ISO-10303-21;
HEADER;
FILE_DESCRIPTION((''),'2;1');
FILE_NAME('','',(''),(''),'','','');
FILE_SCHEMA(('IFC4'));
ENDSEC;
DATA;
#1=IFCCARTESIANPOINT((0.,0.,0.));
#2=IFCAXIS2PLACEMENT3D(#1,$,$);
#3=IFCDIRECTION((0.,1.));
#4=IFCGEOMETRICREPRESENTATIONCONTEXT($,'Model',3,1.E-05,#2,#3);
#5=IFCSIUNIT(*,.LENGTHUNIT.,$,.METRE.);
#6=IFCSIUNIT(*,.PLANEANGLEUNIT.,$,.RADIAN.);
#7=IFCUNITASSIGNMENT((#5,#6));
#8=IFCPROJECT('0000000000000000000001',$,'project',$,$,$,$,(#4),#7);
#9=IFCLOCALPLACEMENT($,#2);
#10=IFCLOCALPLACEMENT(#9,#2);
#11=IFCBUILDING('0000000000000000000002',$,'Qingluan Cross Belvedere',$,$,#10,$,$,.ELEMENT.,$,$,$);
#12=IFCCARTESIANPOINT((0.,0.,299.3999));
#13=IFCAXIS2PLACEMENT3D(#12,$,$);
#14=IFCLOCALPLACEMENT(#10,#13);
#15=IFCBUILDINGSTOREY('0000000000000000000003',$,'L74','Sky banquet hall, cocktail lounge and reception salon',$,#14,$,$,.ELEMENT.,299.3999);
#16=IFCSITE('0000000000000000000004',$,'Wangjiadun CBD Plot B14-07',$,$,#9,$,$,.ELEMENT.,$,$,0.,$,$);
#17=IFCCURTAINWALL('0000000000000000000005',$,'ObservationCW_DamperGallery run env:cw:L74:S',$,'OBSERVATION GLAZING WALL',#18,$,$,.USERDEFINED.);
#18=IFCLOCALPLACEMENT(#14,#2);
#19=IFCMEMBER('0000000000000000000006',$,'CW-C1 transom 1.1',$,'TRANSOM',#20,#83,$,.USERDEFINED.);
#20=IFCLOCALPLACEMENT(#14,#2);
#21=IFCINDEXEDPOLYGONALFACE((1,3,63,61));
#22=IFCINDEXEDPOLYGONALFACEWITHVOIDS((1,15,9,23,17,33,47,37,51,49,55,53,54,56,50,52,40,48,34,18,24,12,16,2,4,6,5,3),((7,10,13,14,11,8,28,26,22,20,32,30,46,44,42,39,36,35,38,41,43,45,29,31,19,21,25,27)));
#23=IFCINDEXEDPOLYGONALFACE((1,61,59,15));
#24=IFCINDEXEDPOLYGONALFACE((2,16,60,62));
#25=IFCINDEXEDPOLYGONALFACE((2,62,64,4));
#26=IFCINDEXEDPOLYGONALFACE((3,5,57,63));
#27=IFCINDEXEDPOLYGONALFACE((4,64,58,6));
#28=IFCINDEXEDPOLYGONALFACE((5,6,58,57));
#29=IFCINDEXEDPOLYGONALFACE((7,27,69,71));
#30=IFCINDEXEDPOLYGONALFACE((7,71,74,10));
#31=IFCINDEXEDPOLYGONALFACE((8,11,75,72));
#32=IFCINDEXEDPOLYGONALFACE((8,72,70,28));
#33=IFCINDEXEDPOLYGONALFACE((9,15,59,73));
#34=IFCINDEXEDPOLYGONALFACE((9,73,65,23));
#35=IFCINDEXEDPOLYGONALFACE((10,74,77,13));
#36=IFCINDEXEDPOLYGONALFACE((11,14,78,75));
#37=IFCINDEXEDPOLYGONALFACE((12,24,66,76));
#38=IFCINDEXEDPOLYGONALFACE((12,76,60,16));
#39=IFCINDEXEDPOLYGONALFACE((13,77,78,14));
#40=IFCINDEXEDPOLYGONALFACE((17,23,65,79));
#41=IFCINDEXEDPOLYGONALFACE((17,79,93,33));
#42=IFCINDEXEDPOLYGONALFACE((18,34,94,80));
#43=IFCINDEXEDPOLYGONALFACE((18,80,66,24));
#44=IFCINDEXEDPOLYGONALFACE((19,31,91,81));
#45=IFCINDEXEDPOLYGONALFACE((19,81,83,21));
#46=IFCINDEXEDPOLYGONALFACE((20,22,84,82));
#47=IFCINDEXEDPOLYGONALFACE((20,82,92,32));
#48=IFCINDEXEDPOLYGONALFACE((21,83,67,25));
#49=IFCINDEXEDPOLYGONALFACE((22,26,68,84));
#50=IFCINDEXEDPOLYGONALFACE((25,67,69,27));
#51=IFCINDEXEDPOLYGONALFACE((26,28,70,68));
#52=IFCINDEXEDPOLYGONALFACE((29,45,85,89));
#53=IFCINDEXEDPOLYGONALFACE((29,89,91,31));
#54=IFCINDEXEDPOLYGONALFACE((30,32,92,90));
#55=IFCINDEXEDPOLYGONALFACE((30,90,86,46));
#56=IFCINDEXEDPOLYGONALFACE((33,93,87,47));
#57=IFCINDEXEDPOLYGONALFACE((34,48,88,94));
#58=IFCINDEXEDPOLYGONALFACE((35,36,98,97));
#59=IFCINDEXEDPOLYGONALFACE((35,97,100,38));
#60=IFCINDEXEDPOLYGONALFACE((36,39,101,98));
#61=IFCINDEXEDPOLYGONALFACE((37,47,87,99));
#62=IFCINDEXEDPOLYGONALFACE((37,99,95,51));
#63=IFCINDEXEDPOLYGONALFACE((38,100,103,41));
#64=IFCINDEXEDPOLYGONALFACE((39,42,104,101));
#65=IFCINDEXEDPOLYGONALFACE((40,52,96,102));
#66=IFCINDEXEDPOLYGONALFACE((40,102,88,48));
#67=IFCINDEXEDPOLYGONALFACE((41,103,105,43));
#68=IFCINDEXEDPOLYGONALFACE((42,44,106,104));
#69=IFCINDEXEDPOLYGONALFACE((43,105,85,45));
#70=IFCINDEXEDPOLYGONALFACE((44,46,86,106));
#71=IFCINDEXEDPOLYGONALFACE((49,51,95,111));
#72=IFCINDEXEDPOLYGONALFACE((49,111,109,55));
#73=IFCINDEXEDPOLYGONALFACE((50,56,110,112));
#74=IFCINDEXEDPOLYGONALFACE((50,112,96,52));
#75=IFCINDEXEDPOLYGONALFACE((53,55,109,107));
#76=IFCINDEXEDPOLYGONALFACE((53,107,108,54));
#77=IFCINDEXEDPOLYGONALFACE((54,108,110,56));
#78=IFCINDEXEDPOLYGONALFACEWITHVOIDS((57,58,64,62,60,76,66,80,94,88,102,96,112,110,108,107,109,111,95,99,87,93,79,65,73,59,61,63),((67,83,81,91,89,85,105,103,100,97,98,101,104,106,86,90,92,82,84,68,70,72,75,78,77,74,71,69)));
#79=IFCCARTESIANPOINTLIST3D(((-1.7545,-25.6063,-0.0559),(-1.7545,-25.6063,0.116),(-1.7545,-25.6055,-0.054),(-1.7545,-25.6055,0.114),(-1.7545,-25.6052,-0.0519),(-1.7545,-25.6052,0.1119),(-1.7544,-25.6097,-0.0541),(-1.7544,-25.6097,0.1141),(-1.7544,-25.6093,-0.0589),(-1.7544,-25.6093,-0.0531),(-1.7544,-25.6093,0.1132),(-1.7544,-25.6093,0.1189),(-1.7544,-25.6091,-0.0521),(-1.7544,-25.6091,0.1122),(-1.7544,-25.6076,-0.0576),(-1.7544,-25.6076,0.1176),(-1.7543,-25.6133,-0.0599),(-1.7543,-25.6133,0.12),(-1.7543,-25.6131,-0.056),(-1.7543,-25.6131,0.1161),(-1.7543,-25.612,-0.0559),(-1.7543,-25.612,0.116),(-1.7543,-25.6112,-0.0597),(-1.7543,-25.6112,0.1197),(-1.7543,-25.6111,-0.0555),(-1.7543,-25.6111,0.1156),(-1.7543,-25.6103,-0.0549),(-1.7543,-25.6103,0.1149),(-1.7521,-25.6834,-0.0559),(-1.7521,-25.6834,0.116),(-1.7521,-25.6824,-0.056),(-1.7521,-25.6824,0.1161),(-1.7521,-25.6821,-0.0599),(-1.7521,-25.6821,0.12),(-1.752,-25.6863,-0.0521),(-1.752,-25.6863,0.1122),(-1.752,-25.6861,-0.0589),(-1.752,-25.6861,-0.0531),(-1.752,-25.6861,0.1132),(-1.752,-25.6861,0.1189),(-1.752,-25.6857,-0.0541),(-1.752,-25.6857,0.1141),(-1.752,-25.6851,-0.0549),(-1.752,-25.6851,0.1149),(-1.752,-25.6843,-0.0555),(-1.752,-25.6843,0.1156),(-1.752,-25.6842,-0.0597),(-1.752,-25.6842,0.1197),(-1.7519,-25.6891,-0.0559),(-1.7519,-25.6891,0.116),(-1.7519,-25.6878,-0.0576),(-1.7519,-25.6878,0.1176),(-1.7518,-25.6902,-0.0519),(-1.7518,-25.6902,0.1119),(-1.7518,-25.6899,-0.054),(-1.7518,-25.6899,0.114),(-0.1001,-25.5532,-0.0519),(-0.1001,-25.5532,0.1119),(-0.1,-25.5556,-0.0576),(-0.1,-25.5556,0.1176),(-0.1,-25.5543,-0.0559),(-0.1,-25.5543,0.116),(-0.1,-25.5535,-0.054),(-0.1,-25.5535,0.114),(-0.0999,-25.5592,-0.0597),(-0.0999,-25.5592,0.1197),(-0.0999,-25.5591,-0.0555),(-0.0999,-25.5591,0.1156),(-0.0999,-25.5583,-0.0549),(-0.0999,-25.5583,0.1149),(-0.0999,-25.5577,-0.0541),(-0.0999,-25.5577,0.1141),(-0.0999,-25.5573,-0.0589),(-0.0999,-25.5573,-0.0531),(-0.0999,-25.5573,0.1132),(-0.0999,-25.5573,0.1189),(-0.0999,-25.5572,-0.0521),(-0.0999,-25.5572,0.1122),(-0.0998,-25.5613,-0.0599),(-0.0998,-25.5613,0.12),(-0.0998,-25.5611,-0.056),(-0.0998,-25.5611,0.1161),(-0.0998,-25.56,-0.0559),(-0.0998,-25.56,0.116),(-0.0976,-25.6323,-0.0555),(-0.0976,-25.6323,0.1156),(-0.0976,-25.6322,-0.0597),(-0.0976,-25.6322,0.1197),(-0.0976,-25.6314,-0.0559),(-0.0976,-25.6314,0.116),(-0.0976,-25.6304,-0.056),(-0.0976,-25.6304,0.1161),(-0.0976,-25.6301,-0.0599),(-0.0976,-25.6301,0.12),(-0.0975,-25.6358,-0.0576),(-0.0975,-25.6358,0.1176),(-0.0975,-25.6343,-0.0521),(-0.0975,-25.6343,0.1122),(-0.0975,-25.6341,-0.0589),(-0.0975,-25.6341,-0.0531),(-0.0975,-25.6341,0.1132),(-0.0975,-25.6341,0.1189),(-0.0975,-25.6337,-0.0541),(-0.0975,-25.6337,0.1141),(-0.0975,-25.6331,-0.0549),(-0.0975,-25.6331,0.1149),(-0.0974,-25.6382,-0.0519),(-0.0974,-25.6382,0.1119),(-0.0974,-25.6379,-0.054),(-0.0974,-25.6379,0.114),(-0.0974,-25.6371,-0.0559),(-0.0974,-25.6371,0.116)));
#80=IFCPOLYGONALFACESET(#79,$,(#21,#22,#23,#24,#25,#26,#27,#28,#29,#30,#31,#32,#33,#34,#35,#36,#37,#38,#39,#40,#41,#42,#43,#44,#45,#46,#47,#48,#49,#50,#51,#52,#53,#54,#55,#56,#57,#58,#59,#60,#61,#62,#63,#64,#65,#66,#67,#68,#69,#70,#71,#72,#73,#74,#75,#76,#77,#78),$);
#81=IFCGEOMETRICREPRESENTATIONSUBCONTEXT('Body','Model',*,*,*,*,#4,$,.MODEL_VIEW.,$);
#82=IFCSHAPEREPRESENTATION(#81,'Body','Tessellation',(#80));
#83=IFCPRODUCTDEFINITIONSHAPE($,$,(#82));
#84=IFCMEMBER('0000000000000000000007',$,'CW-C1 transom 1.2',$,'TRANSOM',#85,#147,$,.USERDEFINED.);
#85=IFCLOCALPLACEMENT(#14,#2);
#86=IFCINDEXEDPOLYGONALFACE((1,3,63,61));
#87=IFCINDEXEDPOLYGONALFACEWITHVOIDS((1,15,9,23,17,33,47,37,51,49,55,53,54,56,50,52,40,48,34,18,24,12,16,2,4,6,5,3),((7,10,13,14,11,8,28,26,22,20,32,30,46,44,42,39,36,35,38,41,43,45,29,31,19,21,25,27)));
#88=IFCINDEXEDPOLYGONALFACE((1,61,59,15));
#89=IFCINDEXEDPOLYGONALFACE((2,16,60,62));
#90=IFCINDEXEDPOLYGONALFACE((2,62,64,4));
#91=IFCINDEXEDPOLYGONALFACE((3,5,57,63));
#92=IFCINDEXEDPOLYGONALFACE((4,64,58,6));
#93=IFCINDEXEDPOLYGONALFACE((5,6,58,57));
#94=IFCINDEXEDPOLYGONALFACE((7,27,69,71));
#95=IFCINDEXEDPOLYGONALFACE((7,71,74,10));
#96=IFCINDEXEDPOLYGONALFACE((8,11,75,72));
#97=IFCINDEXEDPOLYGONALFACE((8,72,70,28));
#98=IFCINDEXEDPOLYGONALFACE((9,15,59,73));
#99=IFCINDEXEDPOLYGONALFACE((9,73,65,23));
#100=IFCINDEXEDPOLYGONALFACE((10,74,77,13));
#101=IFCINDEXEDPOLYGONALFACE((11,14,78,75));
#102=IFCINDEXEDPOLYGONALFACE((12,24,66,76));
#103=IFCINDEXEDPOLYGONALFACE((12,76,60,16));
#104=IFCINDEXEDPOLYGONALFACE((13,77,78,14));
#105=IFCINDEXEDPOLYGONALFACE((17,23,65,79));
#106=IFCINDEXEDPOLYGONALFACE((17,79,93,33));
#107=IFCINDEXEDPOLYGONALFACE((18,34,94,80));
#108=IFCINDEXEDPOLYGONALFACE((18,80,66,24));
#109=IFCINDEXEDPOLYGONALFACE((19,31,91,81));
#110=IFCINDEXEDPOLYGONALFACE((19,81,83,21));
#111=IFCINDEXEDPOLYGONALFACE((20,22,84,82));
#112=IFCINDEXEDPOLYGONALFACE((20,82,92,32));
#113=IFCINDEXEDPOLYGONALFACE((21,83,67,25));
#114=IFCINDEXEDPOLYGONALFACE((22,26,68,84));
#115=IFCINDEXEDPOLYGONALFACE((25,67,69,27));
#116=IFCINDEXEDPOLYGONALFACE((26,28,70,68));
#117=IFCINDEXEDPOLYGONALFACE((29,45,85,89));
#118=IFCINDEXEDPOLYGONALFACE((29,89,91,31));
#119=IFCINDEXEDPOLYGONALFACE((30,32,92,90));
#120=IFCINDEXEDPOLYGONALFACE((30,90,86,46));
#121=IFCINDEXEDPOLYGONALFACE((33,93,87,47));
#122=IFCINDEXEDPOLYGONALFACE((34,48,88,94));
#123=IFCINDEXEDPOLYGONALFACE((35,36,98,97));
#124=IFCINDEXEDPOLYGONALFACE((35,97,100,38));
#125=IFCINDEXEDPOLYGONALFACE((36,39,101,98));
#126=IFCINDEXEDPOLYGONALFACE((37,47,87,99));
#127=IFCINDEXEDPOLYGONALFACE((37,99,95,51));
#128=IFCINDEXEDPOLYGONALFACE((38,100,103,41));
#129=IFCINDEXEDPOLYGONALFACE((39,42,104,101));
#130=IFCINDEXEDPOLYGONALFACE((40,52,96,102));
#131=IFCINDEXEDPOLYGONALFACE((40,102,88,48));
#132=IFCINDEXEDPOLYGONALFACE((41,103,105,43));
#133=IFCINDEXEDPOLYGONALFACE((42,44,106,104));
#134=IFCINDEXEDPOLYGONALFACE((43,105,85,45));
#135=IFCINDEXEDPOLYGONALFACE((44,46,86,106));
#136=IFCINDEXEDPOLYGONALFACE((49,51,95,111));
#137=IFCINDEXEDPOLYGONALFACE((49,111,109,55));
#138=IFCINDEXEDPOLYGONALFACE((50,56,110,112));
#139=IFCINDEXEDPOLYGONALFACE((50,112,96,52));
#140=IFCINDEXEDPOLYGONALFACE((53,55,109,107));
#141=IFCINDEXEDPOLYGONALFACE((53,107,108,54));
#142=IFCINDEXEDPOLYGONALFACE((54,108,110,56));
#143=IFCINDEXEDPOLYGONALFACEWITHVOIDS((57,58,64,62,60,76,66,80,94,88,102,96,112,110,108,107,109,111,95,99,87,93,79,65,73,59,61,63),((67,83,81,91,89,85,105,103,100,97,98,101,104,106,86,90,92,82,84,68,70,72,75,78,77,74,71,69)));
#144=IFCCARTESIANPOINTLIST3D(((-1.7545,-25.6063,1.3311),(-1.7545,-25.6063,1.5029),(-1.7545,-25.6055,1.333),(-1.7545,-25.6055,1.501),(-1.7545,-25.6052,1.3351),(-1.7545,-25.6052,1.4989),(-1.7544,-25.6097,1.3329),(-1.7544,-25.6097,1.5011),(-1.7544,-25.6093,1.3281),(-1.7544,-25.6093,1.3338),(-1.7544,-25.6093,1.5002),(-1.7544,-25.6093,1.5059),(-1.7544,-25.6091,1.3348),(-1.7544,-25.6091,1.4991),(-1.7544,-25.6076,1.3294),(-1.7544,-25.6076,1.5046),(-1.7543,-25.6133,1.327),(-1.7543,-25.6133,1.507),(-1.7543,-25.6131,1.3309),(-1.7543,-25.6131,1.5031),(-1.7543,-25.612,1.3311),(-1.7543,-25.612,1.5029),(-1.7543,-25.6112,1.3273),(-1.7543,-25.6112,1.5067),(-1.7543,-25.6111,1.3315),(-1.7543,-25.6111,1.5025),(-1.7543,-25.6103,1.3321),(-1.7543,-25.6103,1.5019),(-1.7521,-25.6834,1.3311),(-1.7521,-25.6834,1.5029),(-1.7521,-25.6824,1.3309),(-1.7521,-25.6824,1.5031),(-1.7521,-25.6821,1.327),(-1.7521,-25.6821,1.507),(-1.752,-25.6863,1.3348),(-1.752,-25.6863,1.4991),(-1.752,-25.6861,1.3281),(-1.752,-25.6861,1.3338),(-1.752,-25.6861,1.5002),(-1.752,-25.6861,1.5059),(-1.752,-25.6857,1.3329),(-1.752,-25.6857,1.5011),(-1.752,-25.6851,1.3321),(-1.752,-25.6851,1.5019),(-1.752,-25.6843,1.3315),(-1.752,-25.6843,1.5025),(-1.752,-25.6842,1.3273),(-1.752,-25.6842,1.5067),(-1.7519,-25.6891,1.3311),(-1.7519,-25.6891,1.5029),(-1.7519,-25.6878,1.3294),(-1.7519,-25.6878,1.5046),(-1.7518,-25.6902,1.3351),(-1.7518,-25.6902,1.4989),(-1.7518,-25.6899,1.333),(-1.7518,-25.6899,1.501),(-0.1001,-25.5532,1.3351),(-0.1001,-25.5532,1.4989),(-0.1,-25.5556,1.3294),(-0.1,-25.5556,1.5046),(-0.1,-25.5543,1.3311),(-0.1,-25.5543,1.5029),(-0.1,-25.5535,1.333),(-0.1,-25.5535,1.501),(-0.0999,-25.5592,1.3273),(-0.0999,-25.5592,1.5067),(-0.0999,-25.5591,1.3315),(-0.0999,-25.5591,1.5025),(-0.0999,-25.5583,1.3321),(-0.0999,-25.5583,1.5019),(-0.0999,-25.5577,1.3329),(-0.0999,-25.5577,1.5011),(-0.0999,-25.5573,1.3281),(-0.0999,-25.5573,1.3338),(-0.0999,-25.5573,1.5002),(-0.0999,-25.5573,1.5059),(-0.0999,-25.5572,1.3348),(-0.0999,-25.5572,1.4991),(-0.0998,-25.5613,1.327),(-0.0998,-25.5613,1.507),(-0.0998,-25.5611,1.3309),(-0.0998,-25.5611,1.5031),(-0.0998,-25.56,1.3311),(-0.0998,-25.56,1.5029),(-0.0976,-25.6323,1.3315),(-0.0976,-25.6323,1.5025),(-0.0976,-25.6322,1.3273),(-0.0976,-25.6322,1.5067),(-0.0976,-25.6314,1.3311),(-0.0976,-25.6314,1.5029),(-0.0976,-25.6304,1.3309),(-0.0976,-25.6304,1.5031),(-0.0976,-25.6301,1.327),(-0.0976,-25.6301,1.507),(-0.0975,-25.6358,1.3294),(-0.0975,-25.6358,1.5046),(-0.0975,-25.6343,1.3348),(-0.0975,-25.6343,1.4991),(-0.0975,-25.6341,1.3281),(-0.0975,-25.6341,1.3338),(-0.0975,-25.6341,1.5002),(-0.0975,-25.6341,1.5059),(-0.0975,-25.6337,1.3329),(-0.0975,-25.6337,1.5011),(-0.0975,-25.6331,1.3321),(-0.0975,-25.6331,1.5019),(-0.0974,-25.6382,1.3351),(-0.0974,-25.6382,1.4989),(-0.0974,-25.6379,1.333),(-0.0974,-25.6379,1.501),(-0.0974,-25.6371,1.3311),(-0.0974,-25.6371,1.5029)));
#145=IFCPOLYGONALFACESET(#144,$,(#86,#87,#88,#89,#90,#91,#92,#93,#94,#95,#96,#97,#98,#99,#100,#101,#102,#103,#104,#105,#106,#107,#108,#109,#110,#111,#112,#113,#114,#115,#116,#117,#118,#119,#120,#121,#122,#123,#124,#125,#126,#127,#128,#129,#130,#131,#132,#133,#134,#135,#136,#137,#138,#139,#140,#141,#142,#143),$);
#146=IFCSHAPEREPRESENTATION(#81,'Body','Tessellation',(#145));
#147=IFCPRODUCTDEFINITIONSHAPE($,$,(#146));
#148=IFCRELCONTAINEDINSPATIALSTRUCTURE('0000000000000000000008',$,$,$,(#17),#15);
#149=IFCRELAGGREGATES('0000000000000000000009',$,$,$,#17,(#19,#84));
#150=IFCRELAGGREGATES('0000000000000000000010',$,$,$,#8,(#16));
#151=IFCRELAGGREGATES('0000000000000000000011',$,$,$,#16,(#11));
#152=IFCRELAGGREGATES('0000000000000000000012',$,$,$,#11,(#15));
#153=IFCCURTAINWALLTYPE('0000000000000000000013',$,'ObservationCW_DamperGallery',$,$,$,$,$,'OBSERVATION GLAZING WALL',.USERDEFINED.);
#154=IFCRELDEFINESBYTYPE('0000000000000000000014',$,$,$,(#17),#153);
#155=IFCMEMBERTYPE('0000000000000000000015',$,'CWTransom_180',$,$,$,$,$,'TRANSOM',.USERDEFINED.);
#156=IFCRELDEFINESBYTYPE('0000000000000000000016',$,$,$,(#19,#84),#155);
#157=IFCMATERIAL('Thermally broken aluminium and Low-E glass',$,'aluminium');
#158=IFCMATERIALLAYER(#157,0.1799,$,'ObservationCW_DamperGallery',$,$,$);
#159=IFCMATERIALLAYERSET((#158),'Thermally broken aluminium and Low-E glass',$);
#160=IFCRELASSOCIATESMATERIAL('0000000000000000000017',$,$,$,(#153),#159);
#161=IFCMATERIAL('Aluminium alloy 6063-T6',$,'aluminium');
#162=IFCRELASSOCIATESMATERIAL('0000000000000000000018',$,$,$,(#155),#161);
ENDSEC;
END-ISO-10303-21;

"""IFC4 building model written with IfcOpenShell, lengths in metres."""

from ifc_helpers import new_model, si_unit, direction, frame, origin, origin_2d, place, context, subcontext, project, spatial, hollow_rectangle, extrude, material, layer, layer_set, material_profile, profile_set, type_object, element, aggregate, save


model = new_model("IFC4")

# Units and contexts
model_context = context("Model", 3, precision=1e-05, world=origin(), true_north=direction((0.0, 1.0)))
body_context = subcontext(model_context, "Body", "Model", "MODEL_VIEW")
ifc_project = project(units=[si_unit("LENGTHUNIT", "METRE"), si_unit("PLANEANGLEUNIT", "RADIAN")], contexts=[model_context])

# Site, building, storey
site_placement = place(None, origin())
site = spatial("IfcSite", under=ifc_project, at=site_placement, Name="Wangjiadun CBD Plot B14-07", CompositionType="ELEMENT", RefElevation=0.0)
building_placement = place(site_placement, origin())
building = spatial("IfcBuilding", under=site, at=building_placement, Name="Qingluan Cross Belvedere", CompositionType="ELEMENT")
storey_placement = place(building_placement, frame((0.0, 0.0, 299.3999)))
storey = spatial("IfcBuildingStorey", under=building, at=storey_placement, Name="L74", Description="Sky banquet hall, cocktail lounge and reception salon", CompositionType="ELEMENT", Elevation=299.3999)

# Curtain wall, members
ifc_material_1 = material(Name="Thermally broken aluminium and Low-E glass", Category="aluminium")
ifc_layer_1 = layer(ifc_material_1, 0.1799, Name="ObservationCW_DamperGallery")
ifc_layer_set_1 = layer_set([ifc_layer_1], Name="Thermally broken aluminium and Low-E glass")
curtain_wall_type = type_object("IfcCurtainWallType", Name="ObservationCW_DamperGallery", ElementType="OBSERVATION GLAZING WALL", PredefinedType="USERDEFINED", material=ifc_layer_set_1)
curtain_wall_placement = place(storey_placement, origin())
curtain_wall = element("IfcCurtainWall", 1, at=curtain_wall_placement, inside=storey, type_object=curtain_wall_type, Name="ObservationCW_DamperGallery run env:cw:L74:S", ObjectType="OBSERVATION GLAZING WALL", PredefinedType="USERDEFINED")
ifc_material_2 = material(Name="Aluminium alloy 6063-T6", Category="aluminium")
ifc_material_profile_1 = material_profile(ifc_material_2, hollow_rectangle(XDim=0.085, YDim=0.1799, WallThickness=0.0039, InnerFilletRadius=0.0039, OuterFilletRadius=0.0081, at=origin_2d()), Name="CWT180x85x4")
ifc_profile_set_1 = profile_set([ifc_material_profile_1], Name="Aluminium alloy 6063-T6")
member_type_1 = type_object("IfcMemberType", Name="CWTransom_180", ElementType="TRANSOM", PredefinedType="USERDEFINED", material=ifc_profile_set_1)
member_1_placement = place(storey_placement, frame((-1.7532, -25.6477, 0.03), z_axis=(0.999506, 0.031414, 0.0), x_axis=(-0.031414, 0.999506, 0.0)))
member_1 = element("IfcMember", 2, at=member_1_placement, type_object=member_type_1, Name="CW-C1 transom 1.1", ObjectType="TRANSOM", PredefinedType="USERDEFINED", context=body_context, shape_type="SweptSolid", body=[
    extrude(hollow_rectangle(XDim=0.085, YDim=0.1799, WallThickness=0.0039, InnerFilletRadius=0.0039, OuterFilletRadius=0.0081, at=origin_2d()), origin(), (0.0, 0.0, 1.0), 1.6553),
])
member_2_placement = place(storey_placement, frame((-1.7532, -25.6477, 1.417), z_axis=(0.999506, 0.031414, 0.0), x_axis=(-0.031414, 0.999506, 0.0)))
member_2 = element("IfcMember", 3, at=member_2_placement, type_object=member_type_1, Name="CW-C1 transom 1.2", ObjectType="TRANSOM", PredefinedType="USERDEFINED", context=body_context, shape_type="SweptSolid", body=[
    extrude(hollow_rectangle(XDim=0.085, YDim=0.1799, WallThickness=0.0039, InnerFilletRadius=0.0039, OuterFilletRadius=0.0081, at=origin_2d()), origin(), (0.0, 0.0, 1.0), 1.6553),
])
aggregate(curtain_wall, [member_1, member_2])

save(model, "model.ifc")
